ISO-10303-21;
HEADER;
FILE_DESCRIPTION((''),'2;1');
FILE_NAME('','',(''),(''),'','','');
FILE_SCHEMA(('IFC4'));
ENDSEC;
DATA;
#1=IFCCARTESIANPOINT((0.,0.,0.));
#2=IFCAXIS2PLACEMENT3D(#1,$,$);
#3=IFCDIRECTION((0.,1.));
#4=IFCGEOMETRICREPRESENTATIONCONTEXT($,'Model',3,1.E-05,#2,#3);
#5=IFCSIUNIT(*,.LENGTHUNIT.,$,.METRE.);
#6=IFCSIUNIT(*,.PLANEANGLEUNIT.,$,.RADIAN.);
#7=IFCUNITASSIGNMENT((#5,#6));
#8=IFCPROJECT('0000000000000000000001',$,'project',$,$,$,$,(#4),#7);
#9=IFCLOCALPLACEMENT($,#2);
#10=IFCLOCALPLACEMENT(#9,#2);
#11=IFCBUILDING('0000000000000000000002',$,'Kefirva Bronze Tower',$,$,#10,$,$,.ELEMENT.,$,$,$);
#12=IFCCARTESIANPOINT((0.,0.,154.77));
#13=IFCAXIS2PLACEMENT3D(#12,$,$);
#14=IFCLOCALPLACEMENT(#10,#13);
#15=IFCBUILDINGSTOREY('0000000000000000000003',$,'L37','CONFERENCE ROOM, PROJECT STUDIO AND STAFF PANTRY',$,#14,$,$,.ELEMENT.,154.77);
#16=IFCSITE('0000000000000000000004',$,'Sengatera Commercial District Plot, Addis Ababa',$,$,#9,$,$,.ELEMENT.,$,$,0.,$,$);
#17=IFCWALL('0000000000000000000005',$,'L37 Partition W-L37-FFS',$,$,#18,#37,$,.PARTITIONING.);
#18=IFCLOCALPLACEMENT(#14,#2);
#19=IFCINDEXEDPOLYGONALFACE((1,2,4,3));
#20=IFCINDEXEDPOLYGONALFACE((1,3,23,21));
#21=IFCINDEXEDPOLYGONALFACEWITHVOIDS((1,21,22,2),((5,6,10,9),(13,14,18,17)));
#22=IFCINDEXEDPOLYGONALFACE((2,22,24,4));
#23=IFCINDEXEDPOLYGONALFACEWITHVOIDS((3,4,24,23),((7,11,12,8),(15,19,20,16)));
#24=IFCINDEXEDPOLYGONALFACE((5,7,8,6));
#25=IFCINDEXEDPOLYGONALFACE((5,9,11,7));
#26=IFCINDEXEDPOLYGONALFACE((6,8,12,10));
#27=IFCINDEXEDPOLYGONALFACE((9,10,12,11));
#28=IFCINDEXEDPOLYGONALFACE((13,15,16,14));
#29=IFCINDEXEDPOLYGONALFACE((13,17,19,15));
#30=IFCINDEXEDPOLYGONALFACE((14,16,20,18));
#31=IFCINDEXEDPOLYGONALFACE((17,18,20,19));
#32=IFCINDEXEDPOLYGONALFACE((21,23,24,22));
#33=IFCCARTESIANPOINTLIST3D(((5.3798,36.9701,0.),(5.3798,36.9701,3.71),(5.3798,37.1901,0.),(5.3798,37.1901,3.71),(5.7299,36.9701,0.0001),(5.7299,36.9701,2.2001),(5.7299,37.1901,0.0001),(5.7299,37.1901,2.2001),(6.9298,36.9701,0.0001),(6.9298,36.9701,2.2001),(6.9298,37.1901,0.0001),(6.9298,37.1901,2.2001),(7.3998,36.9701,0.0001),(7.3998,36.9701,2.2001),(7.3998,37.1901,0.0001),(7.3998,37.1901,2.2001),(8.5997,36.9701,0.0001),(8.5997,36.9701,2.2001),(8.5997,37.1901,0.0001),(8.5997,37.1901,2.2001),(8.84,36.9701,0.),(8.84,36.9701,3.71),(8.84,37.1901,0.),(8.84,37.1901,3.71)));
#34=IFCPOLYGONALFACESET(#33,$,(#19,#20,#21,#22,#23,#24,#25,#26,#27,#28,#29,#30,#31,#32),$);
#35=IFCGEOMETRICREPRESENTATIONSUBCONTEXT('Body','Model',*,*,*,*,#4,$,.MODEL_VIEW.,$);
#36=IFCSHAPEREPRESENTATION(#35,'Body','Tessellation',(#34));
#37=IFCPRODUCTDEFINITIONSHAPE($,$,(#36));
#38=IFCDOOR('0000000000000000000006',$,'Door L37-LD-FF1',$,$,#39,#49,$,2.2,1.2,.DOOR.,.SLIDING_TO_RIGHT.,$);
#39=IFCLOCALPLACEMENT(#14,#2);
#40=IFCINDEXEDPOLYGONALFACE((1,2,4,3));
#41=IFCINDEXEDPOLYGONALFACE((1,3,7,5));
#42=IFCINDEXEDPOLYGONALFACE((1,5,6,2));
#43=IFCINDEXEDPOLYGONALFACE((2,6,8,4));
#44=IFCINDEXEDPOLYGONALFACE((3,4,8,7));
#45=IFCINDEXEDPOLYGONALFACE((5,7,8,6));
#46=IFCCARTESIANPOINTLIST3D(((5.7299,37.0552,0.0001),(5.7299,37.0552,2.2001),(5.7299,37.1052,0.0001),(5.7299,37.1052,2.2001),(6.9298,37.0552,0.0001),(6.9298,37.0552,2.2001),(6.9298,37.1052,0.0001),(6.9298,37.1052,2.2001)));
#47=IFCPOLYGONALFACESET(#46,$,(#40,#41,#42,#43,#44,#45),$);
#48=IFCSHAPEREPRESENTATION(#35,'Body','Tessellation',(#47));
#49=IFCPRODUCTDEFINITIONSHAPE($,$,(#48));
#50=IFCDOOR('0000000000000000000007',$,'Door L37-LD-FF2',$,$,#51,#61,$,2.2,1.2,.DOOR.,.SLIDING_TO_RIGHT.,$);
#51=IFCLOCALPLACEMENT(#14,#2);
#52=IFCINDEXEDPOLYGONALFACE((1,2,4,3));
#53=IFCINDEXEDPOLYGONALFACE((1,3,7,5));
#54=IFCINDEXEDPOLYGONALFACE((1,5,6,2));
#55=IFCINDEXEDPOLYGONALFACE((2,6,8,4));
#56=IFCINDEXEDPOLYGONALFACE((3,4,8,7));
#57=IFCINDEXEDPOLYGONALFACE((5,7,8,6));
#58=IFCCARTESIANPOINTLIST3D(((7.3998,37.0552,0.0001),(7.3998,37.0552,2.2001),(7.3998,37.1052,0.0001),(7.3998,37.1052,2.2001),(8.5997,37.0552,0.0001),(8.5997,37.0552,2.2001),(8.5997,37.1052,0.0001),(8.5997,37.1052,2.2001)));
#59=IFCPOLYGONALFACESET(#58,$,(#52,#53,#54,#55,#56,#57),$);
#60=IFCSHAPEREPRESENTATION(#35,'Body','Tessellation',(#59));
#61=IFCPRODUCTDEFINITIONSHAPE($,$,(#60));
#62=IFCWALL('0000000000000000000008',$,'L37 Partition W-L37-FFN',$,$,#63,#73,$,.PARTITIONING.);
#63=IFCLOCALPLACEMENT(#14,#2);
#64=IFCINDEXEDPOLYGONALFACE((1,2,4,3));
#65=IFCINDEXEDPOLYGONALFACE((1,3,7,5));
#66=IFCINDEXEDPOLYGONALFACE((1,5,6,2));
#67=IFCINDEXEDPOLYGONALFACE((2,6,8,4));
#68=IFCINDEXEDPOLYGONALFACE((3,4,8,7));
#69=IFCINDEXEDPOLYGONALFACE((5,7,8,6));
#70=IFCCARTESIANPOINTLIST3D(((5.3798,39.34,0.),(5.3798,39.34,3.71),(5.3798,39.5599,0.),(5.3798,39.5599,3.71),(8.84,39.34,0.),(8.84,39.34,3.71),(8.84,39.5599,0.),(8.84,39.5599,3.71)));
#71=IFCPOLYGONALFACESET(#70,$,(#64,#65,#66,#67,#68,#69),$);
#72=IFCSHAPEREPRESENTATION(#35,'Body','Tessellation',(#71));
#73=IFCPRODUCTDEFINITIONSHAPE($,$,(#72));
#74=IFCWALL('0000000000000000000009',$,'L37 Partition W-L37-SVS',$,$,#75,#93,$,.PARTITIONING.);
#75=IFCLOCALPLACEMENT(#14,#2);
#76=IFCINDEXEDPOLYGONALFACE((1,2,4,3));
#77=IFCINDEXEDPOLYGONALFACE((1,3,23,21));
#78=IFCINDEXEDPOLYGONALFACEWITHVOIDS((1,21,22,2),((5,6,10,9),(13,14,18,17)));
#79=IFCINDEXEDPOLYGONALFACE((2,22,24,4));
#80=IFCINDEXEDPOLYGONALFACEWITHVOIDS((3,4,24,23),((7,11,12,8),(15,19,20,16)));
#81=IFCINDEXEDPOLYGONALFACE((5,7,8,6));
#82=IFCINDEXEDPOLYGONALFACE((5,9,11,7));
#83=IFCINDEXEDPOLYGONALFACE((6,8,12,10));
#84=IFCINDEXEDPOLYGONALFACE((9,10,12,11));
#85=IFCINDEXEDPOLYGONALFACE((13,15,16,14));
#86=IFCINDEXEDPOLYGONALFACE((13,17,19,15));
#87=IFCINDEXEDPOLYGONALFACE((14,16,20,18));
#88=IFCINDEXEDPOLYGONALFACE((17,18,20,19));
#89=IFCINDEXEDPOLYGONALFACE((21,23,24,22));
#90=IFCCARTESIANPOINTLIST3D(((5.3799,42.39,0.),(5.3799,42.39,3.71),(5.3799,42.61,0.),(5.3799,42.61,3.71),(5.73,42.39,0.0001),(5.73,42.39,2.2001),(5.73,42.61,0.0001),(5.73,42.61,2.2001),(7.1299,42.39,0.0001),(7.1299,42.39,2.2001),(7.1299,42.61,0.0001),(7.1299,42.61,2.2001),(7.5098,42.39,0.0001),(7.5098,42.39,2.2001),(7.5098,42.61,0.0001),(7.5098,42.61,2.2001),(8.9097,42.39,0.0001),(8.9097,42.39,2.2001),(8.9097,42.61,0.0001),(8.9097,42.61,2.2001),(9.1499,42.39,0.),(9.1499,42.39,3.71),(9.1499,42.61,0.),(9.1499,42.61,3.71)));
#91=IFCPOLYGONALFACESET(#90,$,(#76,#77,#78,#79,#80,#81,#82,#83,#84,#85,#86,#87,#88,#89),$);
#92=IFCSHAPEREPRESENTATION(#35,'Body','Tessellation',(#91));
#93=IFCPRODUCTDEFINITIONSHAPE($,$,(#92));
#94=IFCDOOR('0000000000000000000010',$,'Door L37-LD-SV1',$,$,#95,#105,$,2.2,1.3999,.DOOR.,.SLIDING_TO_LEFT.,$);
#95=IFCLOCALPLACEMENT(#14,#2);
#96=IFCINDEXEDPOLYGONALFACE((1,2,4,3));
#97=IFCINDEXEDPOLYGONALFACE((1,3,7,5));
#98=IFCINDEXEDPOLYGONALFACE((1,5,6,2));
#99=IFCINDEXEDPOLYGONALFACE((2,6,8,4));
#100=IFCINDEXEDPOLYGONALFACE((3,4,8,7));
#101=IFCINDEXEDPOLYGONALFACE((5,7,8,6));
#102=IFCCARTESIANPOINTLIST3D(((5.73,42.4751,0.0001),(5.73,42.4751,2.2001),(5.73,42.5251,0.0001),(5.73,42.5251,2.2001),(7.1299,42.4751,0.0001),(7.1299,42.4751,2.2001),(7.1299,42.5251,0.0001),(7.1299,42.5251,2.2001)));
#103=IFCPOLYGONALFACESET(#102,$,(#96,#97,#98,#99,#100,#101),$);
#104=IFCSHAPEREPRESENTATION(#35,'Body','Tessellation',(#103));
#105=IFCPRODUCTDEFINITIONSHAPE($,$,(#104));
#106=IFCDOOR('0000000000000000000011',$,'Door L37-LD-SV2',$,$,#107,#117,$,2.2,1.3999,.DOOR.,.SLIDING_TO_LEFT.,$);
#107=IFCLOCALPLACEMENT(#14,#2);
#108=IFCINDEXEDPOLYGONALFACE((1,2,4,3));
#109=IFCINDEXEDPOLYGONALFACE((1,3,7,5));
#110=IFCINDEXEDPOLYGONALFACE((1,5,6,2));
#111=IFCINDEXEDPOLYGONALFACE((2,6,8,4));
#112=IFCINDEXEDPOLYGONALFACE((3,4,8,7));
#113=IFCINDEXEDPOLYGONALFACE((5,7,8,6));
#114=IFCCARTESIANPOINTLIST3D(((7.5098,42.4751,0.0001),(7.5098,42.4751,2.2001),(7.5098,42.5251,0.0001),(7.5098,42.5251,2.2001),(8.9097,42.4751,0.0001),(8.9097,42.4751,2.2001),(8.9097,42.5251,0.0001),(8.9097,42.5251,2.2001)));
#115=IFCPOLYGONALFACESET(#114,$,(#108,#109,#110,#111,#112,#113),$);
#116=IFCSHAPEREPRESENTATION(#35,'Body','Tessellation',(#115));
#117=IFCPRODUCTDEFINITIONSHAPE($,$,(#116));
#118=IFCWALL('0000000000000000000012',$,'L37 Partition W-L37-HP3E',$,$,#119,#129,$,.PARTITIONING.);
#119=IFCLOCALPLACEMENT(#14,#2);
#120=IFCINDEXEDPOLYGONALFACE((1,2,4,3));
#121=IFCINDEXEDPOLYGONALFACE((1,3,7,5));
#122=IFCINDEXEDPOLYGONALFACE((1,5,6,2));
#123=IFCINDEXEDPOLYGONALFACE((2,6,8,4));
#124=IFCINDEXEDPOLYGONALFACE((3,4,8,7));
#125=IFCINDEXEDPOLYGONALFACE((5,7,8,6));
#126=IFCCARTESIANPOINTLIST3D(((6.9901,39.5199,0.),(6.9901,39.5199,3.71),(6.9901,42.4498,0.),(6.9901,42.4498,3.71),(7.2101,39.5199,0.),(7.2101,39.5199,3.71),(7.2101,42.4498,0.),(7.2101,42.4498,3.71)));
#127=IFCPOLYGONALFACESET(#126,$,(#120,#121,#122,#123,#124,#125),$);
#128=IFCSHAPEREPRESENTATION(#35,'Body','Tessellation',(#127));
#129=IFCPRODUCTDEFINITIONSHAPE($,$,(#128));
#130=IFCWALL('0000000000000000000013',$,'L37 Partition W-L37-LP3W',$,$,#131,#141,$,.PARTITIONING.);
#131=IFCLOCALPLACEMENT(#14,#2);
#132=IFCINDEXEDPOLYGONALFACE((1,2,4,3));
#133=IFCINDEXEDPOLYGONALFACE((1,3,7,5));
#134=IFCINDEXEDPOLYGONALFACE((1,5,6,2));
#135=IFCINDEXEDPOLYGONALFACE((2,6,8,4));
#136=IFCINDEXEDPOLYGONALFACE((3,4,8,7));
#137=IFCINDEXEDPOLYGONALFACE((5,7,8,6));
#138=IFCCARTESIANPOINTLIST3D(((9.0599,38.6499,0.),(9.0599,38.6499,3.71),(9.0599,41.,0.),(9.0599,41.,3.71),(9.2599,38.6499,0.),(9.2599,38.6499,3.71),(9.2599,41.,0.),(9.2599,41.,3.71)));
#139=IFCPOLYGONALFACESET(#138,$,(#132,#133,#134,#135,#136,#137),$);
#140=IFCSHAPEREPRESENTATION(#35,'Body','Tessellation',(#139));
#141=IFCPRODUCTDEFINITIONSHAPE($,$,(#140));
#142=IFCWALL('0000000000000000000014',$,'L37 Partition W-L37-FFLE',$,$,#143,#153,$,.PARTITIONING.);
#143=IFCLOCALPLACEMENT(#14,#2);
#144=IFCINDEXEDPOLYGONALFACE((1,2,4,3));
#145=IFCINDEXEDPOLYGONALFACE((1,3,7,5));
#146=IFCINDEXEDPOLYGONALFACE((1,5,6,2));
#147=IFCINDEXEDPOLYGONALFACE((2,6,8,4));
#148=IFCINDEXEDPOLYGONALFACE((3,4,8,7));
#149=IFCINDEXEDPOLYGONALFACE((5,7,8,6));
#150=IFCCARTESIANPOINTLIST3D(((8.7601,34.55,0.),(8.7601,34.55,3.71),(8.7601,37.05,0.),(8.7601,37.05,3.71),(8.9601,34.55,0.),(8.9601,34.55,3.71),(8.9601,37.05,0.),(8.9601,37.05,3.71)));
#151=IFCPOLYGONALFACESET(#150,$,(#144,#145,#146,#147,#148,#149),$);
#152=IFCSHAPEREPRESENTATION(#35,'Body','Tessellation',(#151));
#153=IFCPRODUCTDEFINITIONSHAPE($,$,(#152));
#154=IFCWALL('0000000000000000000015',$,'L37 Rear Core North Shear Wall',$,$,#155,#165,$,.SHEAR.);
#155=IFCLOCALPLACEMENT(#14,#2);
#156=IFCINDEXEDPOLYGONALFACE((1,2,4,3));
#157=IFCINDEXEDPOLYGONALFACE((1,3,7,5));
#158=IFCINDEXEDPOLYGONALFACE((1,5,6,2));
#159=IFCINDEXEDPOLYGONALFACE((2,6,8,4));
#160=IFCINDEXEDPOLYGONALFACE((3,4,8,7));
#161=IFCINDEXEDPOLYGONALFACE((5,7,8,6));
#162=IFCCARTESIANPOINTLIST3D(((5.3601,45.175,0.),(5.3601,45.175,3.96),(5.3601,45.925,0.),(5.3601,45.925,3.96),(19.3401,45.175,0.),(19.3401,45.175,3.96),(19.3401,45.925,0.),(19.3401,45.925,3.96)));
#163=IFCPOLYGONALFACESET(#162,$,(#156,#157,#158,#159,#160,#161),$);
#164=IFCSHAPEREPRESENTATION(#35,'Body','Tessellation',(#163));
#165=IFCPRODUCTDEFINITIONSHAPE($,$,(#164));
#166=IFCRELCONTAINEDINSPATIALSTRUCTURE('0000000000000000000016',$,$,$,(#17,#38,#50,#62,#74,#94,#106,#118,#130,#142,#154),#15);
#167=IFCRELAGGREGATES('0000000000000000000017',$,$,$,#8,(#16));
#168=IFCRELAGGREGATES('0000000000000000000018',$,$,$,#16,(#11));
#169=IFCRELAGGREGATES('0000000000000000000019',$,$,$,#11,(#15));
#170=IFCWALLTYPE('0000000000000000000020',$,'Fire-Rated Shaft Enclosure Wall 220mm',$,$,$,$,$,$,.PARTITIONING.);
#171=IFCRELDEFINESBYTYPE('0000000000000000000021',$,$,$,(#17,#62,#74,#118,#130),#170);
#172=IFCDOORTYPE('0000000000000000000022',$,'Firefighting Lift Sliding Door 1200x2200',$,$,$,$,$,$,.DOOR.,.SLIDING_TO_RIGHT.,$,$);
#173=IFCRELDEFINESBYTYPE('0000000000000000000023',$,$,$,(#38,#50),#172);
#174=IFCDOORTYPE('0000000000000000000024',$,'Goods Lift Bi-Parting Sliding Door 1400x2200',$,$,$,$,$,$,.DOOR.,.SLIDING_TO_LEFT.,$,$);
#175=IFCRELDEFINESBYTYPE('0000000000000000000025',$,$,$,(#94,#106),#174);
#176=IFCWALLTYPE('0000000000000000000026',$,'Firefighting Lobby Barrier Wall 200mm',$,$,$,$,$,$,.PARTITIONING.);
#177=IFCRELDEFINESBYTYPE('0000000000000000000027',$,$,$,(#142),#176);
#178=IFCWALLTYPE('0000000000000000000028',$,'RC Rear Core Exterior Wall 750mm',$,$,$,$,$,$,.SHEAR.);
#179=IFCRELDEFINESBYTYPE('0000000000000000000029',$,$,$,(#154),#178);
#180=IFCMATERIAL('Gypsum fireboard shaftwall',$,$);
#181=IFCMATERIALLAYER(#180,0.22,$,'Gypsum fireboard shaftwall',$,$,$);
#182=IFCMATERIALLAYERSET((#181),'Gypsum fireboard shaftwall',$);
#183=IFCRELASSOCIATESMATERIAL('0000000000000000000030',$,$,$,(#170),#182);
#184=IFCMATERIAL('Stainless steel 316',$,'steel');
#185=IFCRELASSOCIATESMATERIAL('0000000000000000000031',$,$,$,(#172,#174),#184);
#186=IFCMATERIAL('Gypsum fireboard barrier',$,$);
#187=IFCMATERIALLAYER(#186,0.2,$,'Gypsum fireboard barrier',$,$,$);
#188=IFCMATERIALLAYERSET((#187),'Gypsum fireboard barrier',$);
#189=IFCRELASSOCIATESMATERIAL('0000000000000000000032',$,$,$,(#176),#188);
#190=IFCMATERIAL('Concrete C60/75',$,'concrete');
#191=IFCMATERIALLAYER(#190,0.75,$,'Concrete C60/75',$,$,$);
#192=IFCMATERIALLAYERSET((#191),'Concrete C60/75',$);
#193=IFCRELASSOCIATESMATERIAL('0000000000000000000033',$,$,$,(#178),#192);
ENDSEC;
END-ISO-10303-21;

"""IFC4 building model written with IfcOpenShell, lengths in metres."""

from ifc_helpers import new_model, si_unit, direction, frame, frame_2d, origin, place, context, subcontext, project, spatial, rectangle, extrude, material, layer, layer_set, type_object, element, fill, save


model = new_model("IFC4")

# Units and contexts
model_context = context("Model", 3, precision=1e-05, world=origin(), true_north=direction((0.0, 1.0)))
body_context = subcontext(model_context, "Body", "Model", "MODEL_VIEW")
ifc_project = project(units=[si_unit("LENGTHUNIT", "METRE"), si_unit("PLANEANGLEUNIT", "RADIAN")], contexts=[model_context])

# Site, building, storey
site_placement = place(None, origin())
site = spatial("IfcSite", under=ifc_project, at=site_placement, Name="Sengatera Commercial District Plot, Addis Ababa", CompositionType="ELEMENT", RefElevation=0.0)
building_placement = place(site_placement, origin())
building = spatial("IfcBuilding", under=site, at=building_placement, Name="Kefirva Bronze Tower", CompositionType="ELEMENT")
storey_placement = place(building_placement, frame((0.0, 0.0, 154.77)))
storey = spatial("IfcBuildingStorey", under=building, at=storey_placement, Name="L37", Description="CONFERENCE ROOM, PROJECT STUDIO AND STAFF PANTRY", CompositionType="ELEMENT", Elevation=154.77)

# Wall, openings, doors
ifc_material_1 = material(Name="Gypsum fireboard shaftwall")
ifc_layer_1 = layer(ifc_material_1, 0.22, Name="Gypsum fireboard shaftwall")
ifc_layer_set_1 = layer_set([ifc_layer_1], Name="Gypsum fireboard shaftwall")
wall_type_1 = type_object("IfcWallType", Name="Fire-Rated Shaft Enclosure Wall 220mm", PredefinedType="PARTITIONING", material=ifc_layer_set_1)
wall_1_placement = place(storey_placement, frame((5.3799, 37.0801, 0.0), z_axis=(0.0, 0.0, 1.0), x_axis=(1.0, 0.0, 0.0)))
wall_1 = element("IfcWall", 1, at=wall_1_placement, inside=storey, type_object=wall_type_1, Name="L37 Partition W-L37-FFS", PredefinedType="PARTITIONING", context=body_context, shape_type="SweptSolid", body=[
    extrude(rectangle(XDim=3.4602, YDim=0.22, at=frame_2d((1.73, 0.0))), origin(), (0.0, 0.0, 1.0), 3.71),
])
opening_1_placement = place(wall_1_placement, frame((1.55, 0.0, 0.0), z_axis=(0.0, 0.0, 1.0), x_axis=(-1.0, 0.0, 0.0)))
opening_1 = element("IfcOpeningElement", 2, at=opening_1_placement, cuts=wall_1, PredefinedType="OPENING", context=body_context, shape_type="SweptSolid", body=[
    extrude(rectangle(XDim=1.2, YDim=2.2, at=frame_2d((0.6001, 1.1001))), frame((0.0, 0.1201, 0.0), z_axis=(0.0, -1.0, 0.0), x_axis=(1.0, 0.0, 0.0)), (0.0, 0.0, 1.0), 0.24),
])
opening_2_placement = place(wall_1_placement, frame((3.22, 0.0, 0.0), z_axis=(0.0, 0.0, 1.0), x_axis=(-1.0, 0.0, 0.0)))
opening_2 = element("IfcOpeningElement", 3, at=opening_2_placement, cuts=wall_1, PredefinedType="OPENING", context=body_context, shape_type="SweptSolid", body=[
    extrude(rectangle(XDim=1.2, YDim=2.2, at=frame_2d((0.6001, 1.1001))), frame((0.0, 0.1201, 0.0), z_axis=(0.0, -1.0, 0.0), x_axis=(1.0, 0.0, 0.0)), (0.0, 0.0, 1.0), 0.24),
])
ifc_material_2 = material(Name="Stainless steel 316", Category="steel")
door_type_1 = type_object("IfcDoorType", Name="Firefighting Lift Sliding Door 1200x2200", OperationType="SLIDING_TO_RIGHT", PredefinedType="DOOR", material=ifc_material_2)
door_1_placement = place(opening_1_placement, origin())
door_1 = element("IfcDoor", 4, at=door_1_placement, inside=storey, type_object=door_type_1, Name="Door L37-LD-FF1", OperationType="SLIDING_TO_RIGHT", OverallHeight=2.2, OverallWidth=1.2, PredefinedType="DOOR", context=body_context, shape_type="SweptSolid", body=[
    extrude(rectangle(XDim=1.2, YDim=2.2, at=frame_2d((0.6001, 1.1001))), frame((0.0, 0.0249, 0.0), z_axis=(0.0, -1.0, 0.0), x_axis=(1.0, 0.0, 0.0)), (0.0, 0.0, 1.0), 0.05),
])
fill(opening_1, door_1)
door_2_placement = place(opening_2_placement, origin())
door_2 = element("IfcDoor", 5, at=door_2_placement, inside=storey, type_object=door_type_1, Name="Door L37-LD-FF2", OperationType="SLIDING_TO_RIGHT", OverallHeight=2.2, OverallWidth=1.2, PredefinedType="DOOR", context=body_context, shape_type="SweptSolid", body=[
    extrude(rectangle(XDim=1.2, YDim=2.2, at=frame_2d((0.6001, 1.1001))), frame((0.0, 0.0249, 0.0), z_axis=(0.0, -1.0, 0.0), x_axis=(1.0, 0.0, 0.0)), (0.0, 0.0, 1.0), 0.05),
])
fill(opening_2, door_2)

# Wall
wall_2_placement = place(storey_placement, frame((5.3799, 39.45, 0.0), z_axis=(0.0, 0.0, 1.0), x_axis=(1.0, 0.0, 0.0)))
element("IfcWall", 6, at=wall_2_placement, inside=storey, type_object=wall_type_1, Name="L37 Partition W-L37-FFN", PredefinedType="PARTITIONING", context=body_context, shape_type="SweptSolid", body=[
    extrude(rectangle(XDim=3.4602, YDim=0.22, at=frame_2d((1.73, 0.0))), origin(), (0.0, 0.0, 1.0), 3.71),
])

# Wall, openings, doors
wall_3_placement = place(storey_placement, frame((5.3799, 42.5, 0.0), z_axis=(0.0, 0.0, 1.0), x_axis=(1.0, 0.0, 0.0)))
wall_3 = element("IfcWall", 7, at=wall_3_placement, inside=storey, type_object=wall_type_1, Name="L37 Partition W-L37-SVS", PredefinedType="PARTITIONING", context=body_context, shape_type="SweptSolid", body=[
    extrude(rectangle(XDim=3.77, YDim=0.22, at=frame_2d((1.885, 0.0))), origin(), (0.0, 0.0, 1.0), 3.71),
])
opening_3_placement = place(wall_3_placement, frame((1.75, 0.0, 0.0), z_axis=(0.0, 0.0, 1.0), x_axis=(-1.0, 0.0, 0.0)))
opening_3 = element("IfcOpeningElement", 8, at=opening_3_placement, cuts=wall_3, PredefinedType="OPENING", context=body_context, shape_type="SweptSolid", body=[
    extrude(rectangle(XDim=1.3999, YDim=2.2, at=frame_2d((0.7, 1.1001))), frame((0.0, 0.1201, 0.0), z_axis=(0.0, -1.0, 0.0), x_axis=(1.0, 0.0, 0.0)), (0.0, 0.0, 1.0), 0.24),
])
opening_4_placement = place(wall_3_placement, frame((3.5298, 0.0, 0.0), z_axis=(0.0, 0.0, 1.0), x_axis=(-1.0, 0.0, 0.0)))
opening_4 = element("IfcOpeningElement", 9, at=opening_4_placement, cuts=wall_3, PredefinedType="OPENING", context=body_context, shape_type="SweptSolid", body=[
    extrude(rectangle(XDim=1.3999, YDim=2.2, at=frame_2d((0.7, 1.1001))), frame((0.0, 0.1201, 0.0), z_axis=(0.0, -1.0, 0.0), x_axis=(1.0, 0.0, 0.0)), (0.0, 0.0, 1.0), 0.24),
])
door_type_2 = type_object("IfcDoorType", Name="Goods Lift Bi-Parting Sliding Door 1400x2200", OperationType="SLIDING_TO_LEFT", PredefinedType="DOOR", material=ifc_material_2)
door_3_placement = place(opening_3_placement, origin())
door_3 = element("IfcDoor", 10, at=door_3_placement, inside=storey, type_object=door_type_2, Name="Door L37-LD-SV1", OperationType="SLIDING_TO_LEFT", OverallHeight=2.2, OverallWidth=1.3999, PredefinedType="DOOR", context=body_context, shape_type="SweptSolid", body=[
    extrude(rectangle(XDim=1.3999, YDim=2.2, at=frame_2d((0.7, 1.1001))), frame((0.0, 0.0249, 0.0), z_axis=(0.0, -1.0, 0.0), x_axis=(1.0, 0.0, 0.0)), (0.0, 0.0, 1.0), 0.05),
])
fill(opening_3, door_3)
door_4_placement = place(opening_4_placement, origin())
door_4 = element("IfcDoor", 11, at=door_4_placement, inside=storey, type_object=door_type_2, Name="Door L37-LD-SV2", OperationType="SLIDING_TO_LEFT", OverallHeight=2.2, OverallWidth=1.3999, PredefinedType="DOOR", context=body_context, shape_type="SweptSolid", body=[
    extrude(rectangle(XDim=1.3999, YDim=2.2, at=frame_2d((0.7, 1.1001))), frame((0.0, 0.0249, 0.0), z_axis=(0.0, -1.0, 0.0), x_axis=(1.0, 0.0, 0.0)), (0.0, 0.0, 1.0), 0.05),
])
fill(opening_4, door_4)

# Walls
wall_4_placement = place(storey_placement, frame((7.1001, 39.52, 0.0), z_axis=(0.0, 0.0, 1.0), x_axis=(0.0, 1.0, 0.0)))
element("IfcWall", 12, at=wall_4_placement, inside=storey, type_object=wall_type_1, Name="L37 Partition W-L37-HP3E", PredefinedType="PARTITIONING", context=body_context, shape_type="SweptSolid", body=[
    extrude(rectangle(XDim=2.9299, YDim=0.22, at=frame_2d((1.4648, 0.0))), origin(), (0.0, 0.0, 1.0), 3.71),
])
wall_5_placement = place(storey_placement, frame((9.1599, 38.6499, 0.0), z_axis=(0.0, 0.0, 1.0), x_axis=(0.0, 1.0, 0.0)))
element("IfcWall", 13, at=wall_5_placement, inside=storey, type_object=wall_type_1, Name="L37 Partition W-L37-LP3W", PredefinedType="PARTITIONING", context=body_context, shape_type="SweptSolid", body=[
    extrude(rectangle(XDim=2.3501, YDim=0.2, at=frame_2d((1.175, 0.0))), origin(), (0.0, 0.0, 1.0), 3.71),
])
ifc_material_3 = material(Name="Gypsum fireboard barrier")
ifc_layer_2 = layer(ifc_material_3, 0.2, Name="Gypsum fireboard barrier")
ifc_layer_set_2 = layer_set([ifc_layer_2], Name="Gypsum fireboard barrier")
wall_type_2 = type_object("IfcWallType", Name="Firefighting Lobby Barrier Wall 200mm", PredefinedType="PARTITIONING", material=ifc_layer_set_2)
wall_6_placement = place(storey_placement, frame((8.8601, 34.55, 0.0), z_axis=(0.0, 0.0, 1.0), x_axis=(0.0, 1.0, 0.0)))
element("IfcWall", 14, at=wall_6_placement, inside=storey, type_object=wall_type_2, Name="L37 Partition W-L37-FFLE", PredefinedType="PARTITIONING", context=body_context, shape_type="SweptSolid", body=[
    extrude(rectangle(XDim=2.5, YDim=0.2, at=frame_2d((1.25, 0.0))), origin(), (0.0, 0.0, 1.0), 3.71),
])

# Wall
ifc_material_4 = material(Name="Concrete C60/75", Category="concrete")
ifc_layer_3 = layer(ifc_material_4, 0.75, Name="Concrete C60/75")
ifc_layer_set_3 = layer_set([ifc_layer_3], Name="Concrete C60/75")
wall_type_3 = type_object("IfcWallType", Name="RC Rear Core Exterior Wall 750mm", PredefinedType="SHEAR", material=ifc_layer_set_3)
wall_7_placement = place(storey_placement, frame((5.3601, 45.55, 0.0), z_axis=(0.0, 0.0, 1.0), x_axis=(1.0, 0.0, 0.0)))
element("IfcWall", 15, at=wall_7_placement, inside=storey, type_object=wall_type_3, Name="L37 Rear Core North Shear Wall", PredefinedType="SHEAR", context=body_context, shape_type="SweptSolid", body=[
    extrude(rectangle(XDim=13.98, YDim=0.75, at=frame_2d((6.99, 0.0))), origin(), (0.0, 0.0, 1.0), 3.96),
])

save(model, "model.ifc")
